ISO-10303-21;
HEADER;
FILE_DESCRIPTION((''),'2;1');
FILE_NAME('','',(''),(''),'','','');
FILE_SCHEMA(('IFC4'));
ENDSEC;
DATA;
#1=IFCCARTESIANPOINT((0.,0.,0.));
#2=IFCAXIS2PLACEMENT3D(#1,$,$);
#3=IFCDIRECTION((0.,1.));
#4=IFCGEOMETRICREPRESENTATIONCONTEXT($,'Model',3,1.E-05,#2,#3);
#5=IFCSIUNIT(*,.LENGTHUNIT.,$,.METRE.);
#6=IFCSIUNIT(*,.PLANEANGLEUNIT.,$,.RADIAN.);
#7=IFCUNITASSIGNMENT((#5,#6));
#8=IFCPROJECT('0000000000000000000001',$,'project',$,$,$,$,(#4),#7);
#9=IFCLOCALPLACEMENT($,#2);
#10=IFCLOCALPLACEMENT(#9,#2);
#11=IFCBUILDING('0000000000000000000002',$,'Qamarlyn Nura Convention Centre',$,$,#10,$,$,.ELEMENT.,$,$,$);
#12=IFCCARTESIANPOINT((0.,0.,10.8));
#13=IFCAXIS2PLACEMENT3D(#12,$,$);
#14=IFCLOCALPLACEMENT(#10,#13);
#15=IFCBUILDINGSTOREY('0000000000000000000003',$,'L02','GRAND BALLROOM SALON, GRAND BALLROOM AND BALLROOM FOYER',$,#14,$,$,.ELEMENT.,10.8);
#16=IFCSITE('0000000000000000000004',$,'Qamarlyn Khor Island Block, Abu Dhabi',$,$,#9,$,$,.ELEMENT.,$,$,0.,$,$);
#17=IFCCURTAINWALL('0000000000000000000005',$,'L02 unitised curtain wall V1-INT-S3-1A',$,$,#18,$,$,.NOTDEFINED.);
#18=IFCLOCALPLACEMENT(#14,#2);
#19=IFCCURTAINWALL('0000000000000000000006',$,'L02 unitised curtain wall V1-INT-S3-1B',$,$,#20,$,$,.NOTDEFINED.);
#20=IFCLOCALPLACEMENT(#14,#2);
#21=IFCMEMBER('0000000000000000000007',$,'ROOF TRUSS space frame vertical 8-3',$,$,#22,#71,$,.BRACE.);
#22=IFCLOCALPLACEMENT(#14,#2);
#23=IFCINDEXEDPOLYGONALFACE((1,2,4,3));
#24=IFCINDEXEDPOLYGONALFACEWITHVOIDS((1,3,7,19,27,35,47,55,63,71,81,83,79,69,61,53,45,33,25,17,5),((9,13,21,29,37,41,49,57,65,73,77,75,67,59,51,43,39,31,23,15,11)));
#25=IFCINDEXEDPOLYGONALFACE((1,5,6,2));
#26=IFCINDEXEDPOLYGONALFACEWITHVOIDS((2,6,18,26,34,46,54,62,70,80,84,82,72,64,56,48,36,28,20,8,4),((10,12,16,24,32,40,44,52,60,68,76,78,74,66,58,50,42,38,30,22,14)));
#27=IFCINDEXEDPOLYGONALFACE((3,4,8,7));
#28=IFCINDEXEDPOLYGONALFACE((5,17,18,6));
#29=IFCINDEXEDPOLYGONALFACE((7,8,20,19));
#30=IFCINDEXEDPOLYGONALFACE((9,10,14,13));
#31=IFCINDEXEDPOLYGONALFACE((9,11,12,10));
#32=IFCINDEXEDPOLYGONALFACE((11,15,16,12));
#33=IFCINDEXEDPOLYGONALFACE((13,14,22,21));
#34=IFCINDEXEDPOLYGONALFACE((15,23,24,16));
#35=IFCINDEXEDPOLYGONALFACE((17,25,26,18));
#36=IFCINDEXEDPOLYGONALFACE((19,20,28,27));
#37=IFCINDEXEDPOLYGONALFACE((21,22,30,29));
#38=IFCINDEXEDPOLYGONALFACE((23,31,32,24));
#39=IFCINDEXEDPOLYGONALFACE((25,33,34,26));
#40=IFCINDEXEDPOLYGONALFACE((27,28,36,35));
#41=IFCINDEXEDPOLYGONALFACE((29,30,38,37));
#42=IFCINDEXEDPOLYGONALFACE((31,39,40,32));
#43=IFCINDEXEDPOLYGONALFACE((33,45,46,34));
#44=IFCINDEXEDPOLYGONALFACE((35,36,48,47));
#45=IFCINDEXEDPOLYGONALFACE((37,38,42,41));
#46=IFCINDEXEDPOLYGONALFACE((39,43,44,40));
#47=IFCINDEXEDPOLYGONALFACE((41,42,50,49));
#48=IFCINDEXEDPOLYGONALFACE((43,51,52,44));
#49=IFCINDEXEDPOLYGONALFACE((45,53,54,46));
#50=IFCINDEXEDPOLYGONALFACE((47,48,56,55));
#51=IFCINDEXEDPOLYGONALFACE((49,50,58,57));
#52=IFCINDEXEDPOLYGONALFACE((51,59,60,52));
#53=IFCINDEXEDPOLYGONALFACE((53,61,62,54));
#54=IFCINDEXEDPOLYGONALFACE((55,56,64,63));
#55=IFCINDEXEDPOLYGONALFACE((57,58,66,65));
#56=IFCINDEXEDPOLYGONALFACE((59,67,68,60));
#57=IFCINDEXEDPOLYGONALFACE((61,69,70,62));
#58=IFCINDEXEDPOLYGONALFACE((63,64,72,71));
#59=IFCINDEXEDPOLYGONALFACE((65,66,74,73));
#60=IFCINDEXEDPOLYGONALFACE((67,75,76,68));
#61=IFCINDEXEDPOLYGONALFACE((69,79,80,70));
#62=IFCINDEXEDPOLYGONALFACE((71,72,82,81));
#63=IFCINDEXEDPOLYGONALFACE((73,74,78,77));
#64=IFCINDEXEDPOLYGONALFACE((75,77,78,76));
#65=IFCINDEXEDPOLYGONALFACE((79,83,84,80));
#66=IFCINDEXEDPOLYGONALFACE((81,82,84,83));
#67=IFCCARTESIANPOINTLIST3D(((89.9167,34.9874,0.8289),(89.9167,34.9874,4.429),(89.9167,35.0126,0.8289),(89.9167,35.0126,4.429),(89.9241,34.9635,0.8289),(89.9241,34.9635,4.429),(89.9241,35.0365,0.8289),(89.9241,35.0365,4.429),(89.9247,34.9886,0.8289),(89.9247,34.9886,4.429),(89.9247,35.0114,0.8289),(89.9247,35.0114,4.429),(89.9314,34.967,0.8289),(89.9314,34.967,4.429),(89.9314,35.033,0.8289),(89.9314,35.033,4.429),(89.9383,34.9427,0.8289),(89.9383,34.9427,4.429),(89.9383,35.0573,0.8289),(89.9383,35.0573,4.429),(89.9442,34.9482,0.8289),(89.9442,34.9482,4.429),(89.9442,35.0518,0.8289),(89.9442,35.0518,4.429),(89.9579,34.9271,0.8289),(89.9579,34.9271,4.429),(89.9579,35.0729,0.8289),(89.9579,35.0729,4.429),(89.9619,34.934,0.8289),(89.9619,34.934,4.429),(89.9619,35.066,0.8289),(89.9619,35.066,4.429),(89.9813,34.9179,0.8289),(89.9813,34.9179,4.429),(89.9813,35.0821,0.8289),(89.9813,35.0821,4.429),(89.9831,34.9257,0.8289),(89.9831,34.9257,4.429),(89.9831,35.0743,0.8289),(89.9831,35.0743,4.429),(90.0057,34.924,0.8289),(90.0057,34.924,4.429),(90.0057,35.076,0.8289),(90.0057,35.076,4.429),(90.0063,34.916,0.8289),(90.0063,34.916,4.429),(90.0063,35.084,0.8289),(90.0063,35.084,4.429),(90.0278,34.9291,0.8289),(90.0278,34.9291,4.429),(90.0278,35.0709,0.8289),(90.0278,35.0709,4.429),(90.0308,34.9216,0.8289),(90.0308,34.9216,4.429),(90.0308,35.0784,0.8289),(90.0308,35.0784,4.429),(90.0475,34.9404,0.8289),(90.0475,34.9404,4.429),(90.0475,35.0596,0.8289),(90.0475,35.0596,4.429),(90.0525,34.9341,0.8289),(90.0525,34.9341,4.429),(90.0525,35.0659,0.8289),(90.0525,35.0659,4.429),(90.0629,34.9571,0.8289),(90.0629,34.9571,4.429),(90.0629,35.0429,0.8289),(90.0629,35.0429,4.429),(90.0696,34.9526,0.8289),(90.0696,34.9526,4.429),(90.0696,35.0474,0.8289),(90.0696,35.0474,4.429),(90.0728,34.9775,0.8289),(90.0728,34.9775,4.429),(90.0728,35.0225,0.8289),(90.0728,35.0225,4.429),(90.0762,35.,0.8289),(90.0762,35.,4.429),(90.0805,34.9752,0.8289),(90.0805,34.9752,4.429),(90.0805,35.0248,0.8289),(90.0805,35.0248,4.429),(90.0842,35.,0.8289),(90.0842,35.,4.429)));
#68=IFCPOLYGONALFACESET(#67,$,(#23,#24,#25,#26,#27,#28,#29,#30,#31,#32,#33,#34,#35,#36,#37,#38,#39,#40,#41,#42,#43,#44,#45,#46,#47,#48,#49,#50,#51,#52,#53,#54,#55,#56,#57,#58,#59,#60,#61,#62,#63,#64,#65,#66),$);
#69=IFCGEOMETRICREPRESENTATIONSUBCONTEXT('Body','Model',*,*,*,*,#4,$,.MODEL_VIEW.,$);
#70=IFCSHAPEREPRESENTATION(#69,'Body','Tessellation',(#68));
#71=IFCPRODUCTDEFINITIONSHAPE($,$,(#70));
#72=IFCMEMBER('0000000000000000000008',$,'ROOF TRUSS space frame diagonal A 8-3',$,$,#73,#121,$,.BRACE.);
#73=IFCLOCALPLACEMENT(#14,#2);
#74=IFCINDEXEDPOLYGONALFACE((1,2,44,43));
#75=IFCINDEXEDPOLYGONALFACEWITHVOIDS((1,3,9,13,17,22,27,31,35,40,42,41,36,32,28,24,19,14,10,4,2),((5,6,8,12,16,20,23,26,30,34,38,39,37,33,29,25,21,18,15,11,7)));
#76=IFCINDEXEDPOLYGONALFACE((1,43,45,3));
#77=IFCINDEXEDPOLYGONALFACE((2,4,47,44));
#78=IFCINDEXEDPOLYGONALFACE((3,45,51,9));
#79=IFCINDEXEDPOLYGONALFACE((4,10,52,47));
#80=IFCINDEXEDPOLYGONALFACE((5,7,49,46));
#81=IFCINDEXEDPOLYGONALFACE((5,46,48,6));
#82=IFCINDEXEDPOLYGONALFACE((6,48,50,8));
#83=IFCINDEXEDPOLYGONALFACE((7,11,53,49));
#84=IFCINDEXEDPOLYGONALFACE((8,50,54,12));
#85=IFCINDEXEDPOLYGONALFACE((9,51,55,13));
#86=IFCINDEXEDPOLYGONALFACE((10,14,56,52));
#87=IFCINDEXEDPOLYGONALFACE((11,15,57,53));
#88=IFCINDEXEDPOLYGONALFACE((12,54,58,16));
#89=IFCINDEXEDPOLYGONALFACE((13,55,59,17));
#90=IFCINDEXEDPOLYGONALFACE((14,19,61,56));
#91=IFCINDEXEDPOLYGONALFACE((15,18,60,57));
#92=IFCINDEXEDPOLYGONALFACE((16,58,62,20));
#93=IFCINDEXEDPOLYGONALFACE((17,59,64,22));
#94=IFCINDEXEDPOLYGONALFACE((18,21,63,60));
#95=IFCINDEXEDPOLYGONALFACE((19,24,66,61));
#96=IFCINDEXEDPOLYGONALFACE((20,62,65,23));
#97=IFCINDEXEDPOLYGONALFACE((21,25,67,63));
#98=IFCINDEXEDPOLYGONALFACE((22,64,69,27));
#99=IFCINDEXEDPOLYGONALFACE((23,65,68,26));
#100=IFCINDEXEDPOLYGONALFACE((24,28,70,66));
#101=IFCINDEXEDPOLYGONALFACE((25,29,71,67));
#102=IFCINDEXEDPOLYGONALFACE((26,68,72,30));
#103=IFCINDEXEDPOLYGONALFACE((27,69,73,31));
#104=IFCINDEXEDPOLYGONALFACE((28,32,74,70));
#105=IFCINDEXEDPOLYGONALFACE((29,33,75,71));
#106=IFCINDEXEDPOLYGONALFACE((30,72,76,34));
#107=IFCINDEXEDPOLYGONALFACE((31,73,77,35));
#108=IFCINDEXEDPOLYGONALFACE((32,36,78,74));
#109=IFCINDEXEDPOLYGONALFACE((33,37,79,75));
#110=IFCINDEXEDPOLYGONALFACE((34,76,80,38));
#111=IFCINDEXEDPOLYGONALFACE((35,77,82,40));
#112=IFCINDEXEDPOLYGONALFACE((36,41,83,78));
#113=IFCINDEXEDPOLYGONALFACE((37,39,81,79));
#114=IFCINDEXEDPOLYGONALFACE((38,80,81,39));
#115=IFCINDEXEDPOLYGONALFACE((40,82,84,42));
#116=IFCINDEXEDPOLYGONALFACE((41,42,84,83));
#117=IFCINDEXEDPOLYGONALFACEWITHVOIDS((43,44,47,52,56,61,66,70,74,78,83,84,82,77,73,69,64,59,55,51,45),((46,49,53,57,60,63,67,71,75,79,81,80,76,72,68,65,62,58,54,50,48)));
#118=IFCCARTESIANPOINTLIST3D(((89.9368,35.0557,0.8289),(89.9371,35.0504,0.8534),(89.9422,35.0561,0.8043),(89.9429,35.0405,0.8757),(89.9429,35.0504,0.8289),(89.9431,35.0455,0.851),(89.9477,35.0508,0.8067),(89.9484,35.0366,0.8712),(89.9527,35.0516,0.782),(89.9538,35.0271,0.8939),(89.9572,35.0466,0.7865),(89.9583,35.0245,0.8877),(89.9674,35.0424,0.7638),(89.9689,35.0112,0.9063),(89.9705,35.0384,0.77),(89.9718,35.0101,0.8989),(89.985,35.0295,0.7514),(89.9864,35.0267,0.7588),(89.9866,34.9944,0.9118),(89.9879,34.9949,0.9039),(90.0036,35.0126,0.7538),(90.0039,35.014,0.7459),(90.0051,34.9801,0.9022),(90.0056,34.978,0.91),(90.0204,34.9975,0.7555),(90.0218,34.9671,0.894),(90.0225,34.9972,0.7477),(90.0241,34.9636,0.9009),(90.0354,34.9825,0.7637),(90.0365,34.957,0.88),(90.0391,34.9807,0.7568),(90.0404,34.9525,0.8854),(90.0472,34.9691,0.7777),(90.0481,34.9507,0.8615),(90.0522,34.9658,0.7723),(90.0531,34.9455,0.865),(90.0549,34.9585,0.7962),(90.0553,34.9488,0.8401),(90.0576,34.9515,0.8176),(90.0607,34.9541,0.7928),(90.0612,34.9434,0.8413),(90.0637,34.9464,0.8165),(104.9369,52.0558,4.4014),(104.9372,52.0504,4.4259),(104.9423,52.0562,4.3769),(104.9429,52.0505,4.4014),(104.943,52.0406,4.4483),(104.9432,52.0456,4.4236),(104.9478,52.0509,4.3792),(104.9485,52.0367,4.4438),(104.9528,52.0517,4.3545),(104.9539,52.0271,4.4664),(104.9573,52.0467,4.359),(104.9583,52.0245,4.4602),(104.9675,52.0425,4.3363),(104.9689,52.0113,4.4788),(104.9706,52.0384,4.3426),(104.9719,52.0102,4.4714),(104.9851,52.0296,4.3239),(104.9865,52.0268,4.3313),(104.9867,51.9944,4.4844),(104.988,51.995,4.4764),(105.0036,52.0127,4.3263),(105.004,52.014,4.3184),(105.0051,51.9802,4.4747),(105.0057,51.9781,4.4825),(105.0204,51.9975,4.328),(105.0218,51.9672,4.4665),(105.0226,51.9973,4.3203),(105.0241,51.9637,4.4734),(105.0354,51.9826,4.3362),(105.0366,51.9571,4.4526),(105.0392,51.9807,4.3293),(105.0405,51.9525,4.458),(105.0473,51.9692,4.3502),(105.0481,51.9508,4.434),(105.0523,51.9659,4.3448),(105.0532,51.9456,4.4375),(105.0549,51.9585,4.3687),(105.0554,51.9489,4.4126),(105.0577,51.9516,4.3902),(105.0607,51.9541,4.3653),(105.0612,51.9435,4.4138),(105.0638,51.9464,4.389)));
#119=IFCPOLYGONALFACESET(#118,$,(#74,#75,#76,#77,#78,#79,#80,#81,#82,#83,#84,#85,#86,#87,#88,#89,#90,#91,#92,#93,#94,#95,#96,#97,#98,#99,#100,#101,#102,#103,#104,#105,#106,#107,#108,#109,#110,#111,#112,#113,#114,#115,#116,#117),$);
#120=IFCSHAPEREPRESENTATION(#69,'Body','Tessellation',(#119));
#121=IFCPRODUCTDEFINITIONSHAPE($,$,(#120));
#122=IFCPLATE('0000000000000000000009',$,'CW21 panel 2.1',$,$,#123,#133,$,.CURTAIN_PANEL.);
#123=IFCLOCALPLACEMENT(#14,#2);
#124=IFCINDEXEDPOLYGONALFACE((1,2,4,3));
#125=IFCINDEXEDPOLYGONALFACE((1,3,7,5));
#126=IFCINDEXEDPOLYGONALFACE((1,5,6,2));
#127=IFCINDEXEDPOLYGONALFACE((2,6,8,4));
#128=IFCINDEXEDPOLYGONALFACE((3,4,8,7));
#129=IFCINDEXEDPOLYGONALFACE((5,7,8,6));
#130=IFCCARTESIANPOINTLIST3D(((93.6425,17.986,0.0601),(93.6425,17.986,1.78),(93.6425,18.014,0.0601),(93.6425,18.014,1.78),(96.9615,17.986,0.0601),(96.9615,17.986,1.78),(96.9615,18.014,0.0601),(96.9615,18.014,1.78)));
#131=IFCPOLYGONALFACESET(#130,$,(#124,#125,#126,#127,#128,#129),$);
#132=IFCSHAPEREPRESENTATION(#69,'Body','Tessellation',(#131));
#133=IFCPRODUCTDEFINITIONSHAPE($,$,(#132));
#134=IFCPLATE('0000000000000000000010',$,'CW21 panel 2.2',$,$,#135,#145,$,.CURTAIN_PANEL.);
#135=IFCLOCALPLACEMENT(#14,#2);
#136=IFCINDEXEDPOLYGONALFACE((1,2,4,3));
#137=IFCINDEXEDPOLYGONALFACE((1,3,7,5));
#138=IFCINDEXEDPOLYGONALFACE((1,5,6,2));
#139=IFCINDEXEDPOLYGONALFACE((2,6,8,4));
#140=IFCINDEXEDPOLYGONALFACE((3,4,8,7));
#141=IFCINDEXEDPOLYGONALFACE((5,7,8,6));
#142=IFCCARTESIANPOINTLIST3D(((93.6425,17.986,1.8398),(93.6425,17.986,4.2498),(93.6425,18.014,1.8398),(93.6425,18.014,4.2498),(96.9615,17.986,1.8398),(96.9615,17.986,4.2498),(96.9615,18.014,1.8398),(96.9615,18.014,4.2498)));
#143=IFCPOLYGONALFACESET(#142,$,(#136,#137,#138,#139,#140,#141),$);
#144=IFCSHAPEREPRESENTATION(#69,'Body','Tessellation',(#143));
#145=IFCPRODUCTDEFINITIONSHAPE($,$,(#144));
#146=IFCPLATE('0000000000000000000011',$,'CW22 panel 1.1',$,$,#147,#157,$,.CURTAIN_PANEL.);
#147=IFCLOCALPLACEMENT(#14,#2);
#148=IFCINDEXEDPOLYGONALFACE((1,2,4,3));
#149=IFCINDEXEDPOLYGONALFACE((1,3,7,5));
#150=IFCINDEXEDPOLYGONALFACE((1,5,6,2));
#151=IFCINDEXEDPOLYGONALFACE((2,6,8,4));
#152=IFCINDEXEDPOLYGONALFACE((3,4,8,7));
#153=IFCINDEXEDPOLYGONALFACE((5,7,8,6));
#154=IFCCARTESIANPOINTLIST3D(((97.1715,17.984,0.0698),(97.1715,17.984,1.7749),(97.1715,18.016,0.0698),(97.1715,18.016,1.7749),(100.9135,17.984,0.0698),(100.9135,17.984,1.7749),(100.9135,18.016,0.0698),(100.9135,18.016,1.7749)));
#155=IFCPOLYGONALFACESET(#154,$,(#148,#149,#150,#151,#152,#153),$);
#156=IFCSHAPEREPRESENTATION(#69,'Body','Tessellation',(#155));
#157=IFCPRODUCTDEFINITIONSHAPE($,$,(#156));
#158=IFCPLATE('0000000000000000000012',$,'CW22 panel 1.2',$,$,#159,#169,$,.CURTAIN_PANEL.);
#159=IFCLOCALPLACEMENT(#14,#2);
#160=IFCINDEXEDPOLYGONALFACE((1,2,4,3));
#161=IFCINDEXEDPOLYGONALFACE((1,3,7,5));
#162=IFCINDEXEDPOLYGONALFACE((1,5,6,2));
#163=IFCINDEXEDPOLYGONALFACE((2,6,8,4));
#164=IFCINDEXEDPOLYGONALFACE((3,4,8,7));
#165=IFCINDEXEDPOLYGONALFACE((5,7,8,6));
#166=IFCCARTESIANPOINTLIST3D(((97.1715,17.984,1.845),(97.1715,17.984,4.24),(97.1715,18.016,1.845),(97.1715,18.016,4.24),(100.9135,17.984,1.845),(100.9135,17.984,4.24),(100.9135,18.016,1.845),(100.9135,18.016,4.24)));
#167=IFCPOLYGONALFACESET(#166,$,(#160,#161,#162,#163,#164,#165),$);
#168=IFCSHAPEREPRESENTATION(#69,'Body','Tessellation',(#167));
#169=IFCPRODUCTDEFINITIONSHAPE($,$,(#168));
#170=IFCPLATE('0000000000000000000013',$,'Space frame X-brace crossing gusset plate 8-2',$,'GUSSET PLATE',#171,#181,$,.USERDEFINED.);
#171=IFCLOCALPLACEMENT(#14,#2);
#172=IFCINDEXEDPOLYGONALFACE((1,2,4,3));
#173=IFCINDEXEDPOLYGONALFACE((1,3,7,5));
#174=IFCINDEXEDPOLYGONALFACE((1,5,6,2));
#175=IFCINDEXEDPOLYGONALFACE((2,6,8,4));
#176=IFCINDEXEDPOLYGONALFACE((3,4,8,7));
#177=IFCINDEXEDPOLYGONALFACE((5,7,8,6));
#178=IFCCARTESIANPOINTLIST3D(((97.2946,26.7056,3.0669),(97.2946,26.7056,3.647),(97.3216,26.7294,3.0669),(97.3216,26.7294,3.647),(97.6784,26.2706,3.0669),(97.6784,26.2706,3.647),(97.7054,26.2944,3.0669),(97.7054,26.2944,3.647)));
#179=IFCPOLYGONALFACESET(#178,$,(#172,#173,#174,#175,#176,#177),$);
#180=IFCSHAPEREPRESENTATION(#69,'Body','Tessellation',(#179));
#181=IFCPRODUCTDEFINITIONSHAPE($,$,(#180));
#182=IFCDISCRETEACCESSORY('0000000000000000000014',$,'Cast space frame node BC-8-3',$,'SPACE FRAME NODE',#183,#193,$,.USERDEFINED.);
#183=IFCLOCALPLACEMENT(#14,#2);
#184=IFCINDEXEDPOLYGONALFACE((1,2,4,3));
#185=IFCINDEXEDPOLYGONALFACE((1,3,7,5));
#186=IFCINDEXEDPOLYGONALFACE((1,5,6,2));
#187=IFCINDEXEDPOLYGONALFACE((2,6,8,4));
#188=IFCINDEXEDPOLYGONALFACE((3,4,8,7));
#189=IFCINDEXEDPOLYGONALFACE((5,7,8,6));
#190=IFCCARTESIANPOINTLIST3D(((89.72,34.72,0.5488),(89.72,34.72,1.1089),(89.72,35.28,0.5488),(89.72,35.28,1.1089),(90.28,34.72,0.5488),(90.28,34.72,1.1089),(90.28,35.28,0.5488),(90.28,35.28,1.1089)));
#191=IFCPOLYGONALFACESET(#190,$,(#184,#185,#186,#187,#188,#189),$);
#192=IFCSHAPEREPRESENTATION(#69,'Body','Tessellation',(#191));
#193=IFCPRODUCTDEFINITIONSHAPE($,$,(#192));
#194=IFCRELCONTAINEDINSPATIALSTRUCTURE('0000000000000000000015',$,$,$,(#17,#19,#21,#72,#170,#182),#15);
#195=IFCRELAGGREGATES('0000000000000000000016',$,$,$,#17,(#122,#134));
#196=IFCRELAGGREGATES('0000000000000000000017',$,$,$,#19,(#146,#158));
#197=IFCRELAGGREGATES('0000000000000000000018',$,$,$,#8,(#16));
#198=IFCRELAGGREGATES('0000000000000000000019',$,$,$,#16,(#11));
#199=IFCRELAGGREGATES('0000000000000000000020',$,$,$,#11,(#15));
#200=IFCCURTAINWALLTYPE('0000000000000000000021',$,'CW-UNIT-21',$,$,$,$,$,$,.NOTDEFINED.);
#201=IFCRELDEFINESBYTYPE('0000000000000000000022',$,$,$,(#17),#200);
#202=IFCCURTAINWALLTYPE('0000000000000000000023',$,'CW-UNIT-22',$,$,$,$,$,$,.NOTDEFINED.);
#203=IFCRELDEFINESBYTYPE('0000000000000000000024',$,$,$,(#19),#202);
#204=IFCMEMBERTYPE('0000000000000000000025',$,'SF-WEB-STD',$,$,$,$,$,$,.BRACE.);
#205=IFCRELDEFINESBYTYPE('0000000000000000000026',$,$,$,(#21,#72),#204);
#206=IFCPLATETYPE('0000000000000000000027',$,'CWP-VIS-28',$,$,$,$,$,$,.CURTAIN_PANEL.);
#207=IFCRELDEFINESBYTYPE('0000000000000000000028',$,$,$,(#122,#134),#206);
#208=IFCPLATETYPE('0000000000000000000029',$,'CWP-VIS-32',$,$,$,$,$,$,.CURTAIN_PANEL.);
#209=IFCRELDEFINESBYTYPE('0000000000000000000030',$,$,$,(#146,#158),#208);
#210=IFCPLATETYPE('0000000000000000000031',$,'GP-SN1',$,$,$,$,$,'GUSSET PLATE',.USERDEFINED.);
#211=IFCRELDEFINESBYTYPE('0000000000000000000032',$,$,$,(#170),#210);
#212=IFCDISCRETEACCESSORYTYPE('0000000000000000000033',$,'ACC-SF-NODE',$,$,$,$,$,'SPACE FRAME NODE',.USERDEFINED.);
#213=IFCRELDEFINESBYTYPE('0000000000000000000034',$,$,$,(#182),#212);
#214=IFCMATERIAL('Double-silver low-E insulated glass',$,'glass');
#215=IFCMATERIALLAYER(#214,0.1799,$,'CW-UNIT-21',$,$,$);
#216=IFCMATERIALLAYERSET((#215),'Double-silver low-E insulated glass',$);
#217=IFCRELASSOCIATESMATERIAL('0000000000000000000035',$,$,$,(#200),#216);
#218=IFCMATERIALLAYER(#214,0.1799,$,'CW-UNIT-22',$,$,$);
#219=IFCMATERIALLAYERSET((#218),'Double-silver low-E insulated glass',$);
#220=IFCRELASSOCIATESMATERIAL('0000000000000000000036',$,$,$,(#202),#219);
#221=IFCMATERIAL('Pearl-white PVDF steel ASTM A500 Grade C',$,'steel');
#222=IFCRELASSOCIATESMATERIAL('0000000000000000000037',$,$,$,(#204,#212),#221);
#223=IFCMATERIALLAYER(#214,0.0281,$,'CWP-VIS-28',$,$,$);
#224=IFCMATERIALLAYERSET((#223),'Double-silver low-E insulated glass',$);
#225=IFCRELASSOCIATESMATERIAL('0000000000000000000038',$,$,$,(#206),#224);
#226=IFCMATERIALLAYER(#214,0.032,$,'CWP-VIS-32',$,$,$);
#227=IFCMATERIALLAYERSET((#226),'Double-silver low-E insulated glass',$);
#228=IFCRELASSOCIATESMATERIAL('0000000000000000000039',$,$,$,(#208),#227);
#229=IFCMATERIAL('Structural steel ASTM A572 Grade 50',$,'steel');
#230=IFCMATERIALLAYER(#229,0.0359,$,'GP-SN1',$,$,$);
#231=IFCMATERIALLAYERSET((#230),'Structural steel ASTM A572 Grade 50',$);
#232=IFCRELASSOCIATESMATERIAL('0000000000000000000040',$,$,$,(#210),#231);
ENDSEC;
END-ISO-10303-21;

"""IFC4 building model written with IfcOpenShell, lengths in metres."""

from ifc_helpers import new_model, si_unit, direction, frame, origin, origin_2d, place, context, subcontext, project, spatial, rectangle, hollow_circle, extrude, material, layer, layer_set, material_profile, profile_set, type_object, element, aggregate, save


model = new_model("IFC4")

# Units and contexts
model_context = context("Model", 3, precision=1e-05, world=origin(), true_north=direction((0.0, 1.0)))
body_context = subcontext(model_context, "Body", "Model", "MODEL_VIEW")
ifc_project = project(units=[si_unit("LENGTHUNIT", "METRE"), si_unit("PLANEANGLEUNIT", "RADIAN")], contexts=[model_context])

# Site, building, storey
site_placement = place(None, origin())
site = spatial("IfcSite", under=ifc_project, at=site_placement, Name="Qamarlyn Khor Island Block, Abu Dhabi", CompositionType="ELEMENT", RefElevation=0.0)
building_placement = place(site_placement, origin())
building = spatial("IfcBuilding", under=site, at=building_placement, Name="Qamarlyn Nura Convention Centre", CompositionType="ELEMENT")
storey_placement = place(building_placement, frame((0.0, 0.0, 10.8)))
storey = spatial("IfcBuildingStorey", under=building, at=storey_placement, Name="L02", Description="GRAND BALLROOM SALON, GRAND BALLROOM AND BALLROOM FOYER", CompositionType="ELEMENT", Elevation=10.8)

# Curtain wall
ifc_material_1 = material(Name="Double-silver low-E insulated glass", Category="glass")
ifc_layer_1 = layer(ifc_material_1, 0.1799, Name="CW-UNIT-21")
ifc_layer_set_1 = layer_set([ifc_layer_1], Name="Double-silver low-E insulated glass")
curtain_wall_type_1 = type_object("IfcCurtainWallType", Name="CW-UNIT-21", PredefinedType="NOTDEFINED", material=ifc_layer_set_1)
curtain_wall_1_placement = place(storey_placement, origin())
curtain_wall_1 = element("IfcCurtainWall", 1, at=curtain_wall_1_placement, inside=storey, type_object=curtain_wall_type_1, Name="L02 unitised curtain wall V1-INT-S3-1A", PredefinedType="NOTDEFINED")

# Curtain wall
ifc_layer_2 = layer(ifc_material_1, 0.1799, Name="CW-UNIT-22")
ifc_layer_set_2 = layer_set([ifc_layer_2], Name="Double-silver low-E insulated glass")
curtain_wall_type_2 = type_object("IfcCurtainWallType", Name="CW-UNIT-22", PredefinedType="NOTDEFINED", material=ifc_layer_set_2)
curtain_wall_2_placement = place(storey_placement, origin())
curtain_wall_2 = element("IfcCurtainWall", 2, at=curtain_wall_2_placement, inside=storey, type_object=curtain_wall_type_2, Name="L02 unitised curtain wall V1-INT-S3-1B", PredefinedType="NOTDEFINED")

# Members
ifc_material_2 = material(Name="Pearl-white PVDF steel ASTM A500 Grade C", Category="steel")
ifc_material_profile_1 = material_profile(ifc_material_2, hollow_circle(Radius=0.0842, WallThickness=0.0081, at=origin_2d()), Name="CHS168.3X8")
ifc_profile_set_1 = profile_set([ifc_material_profile_1], Name="Pearl-white PVDF steel ASTM A500 Grade C")
member_type_1 = type_object("IfcMemberType", Name="SF-WEB-STD", PredefinedType="BRACE", material=ifc_profile_set_1)
member_1_placement = place(storey_placement, frame((90.0, 35.0, 0.8289), z_axis=(0.0, 0.0, 1.0), x_axis=(1.0, 0.0, 0.0)))
element("IfcMember", 3, at=member_1_placement, inside=storey, type_object=member_type_1, Name="ROOF TRUSS space frame vertical 8-3", PredefinedType="BRACE", context=body_context, shape_type="SweptSolid", body=[
    extrude(hollow_circle(Radius=0.0842, WallThickness=0.0081, at=origin_2d()), origin(), (0.0, 0.0, 1.0), 3.6001),
])
member_2_placement = place(storey_placement, frame((90.0, 35.0, 0.8289), z_axis=(0.653557, 0.740698, 0.155656), x_axis=(-0.749838, 0.661622, 0.0)))
element("IfcMember", 4, at=member_2_placement, inside=storey, type_object=member_type_1, Name="ROOF TRUSS space frame diagonal A 8-3", PredefinedType="BRACE", context=body_context, shape_type="SweptSolid", body=[
    extrude(hollow_circle(Radius=0.0842, WallThickness=0.0081, at=origin_2d()), origin(), (0.0, 0.0, 1.0), 22.9514),
])

# Plates
ifc_layer_3 = layer(ifc_material_1, 0.0281, Name="CWP-VIS-28")
ifc_layer_set_3 = layer_set([ifc_layer_3], Name="Double-silver low-E insulated glass")
plate_type_1 = type_object("IfcPlateType", Name="CWP-VIS-28", PredefinedType="CURTAIN_PANEL", material=ifc_layer_set_3)
plate_1_placement = place(storey_placement, frame((95.302, 18.0, 0.0601), z_axis=(0.0, 0.0, 1.0), x_axis=(1.0, 0.0, 0.0)))
plate_1 = element("IfcPlate", 5, at=plate_1_placement, type_object=plate_type_1, Name="CW21 panel 2.1", PredefinedType="CURTAIN_PANEL", context=body_context, shape_type="SweptSolid", body=[
    extrude(rectangle(XDim=3.3191, YDim=0.0281, at=origin_2d()), origin(), (0.0, 0.0, 1.0), 1.72),
])
plate_2_placement = place(storey_placement, frame((95.302, 18.0, 1.8398), z_axis=(0.0, 0.0, 1.0), x_axis=(1.0, 0.0, 0.0)))
plate_2 = element("IfcPlate", 6, at=plate_2_placement, type_object=plate_type_1, Name="CW21 panel 2.2", PredefinedType="CURTAIN_PANEL", context=body_context, shape_type="SweptSolid", body=[
    extrude(rectangle(XDim=3.3191, YDim=0.0281, at=origin_2d()), origin(), (0.0, 0.0, 1.0), 2.4099),
])
aggregate(curtain_wall_1, [plate_1, plate_2])
ifc_layer_4 = layer(ifc_material_1, 0.032, Name="CWP-VIS-32")
ifc_layer_set_4 = layer_set([ifc_layer_4], Name="Double-silver low-E insulated glass")
plate_type_2 = type_object("IfcPlateType", Name="CWP-VIS-32", PredefinedType="CURTAIN_PANEL", material=ifc_layer_set_4)
plate_3_placement = place(storey_placement, frame((99.0425, 18.0, 0.0698), z_axis=(0.0, 0.0, 1.0), x_axis=(1.0, 0.0, 0.0)))
plate_3 = element("IfcPlate", 7, at=plate_3_placement, type_object=plate_type_2, Name="CW22 panel 1.1", PredefinedType="CURTAIN_PANEL", context=body_context, shape_type="SweptSolid", body=[
    extrude(rectangle(XDim=3.7419, YDim=0.032, at=origin_2d()), origin(), (0.0, 0.0, 1.0), 1.7051),
])
plate_4_placement = place(storey_placement, frame((99.0425, 18.0, 1.845), z_axis=(0.0, 0.0, 1.0), x_axis=(1.0, 0.0, 0.0)))
plate_4 = element("IfcPlate", 8, at=plate_4_placement, type_object=plate_type_2, Name="CW22 panel 1.2", PredefinedType="CURTAIN_PANEL", context=body_context, shape_type="SweptSolid", body=[
    extrude(rectangle(XDim=3.7419, YDim=0.032, at=origin_2d()), origin(), (0.0, 0.0, 1.0), 2.395),
])
aggregate(curtain_wall_2, [plate_3, plate_4])
ifc_material_3 = material(Name="Structural steel ASTM A572 Grade 50", Category="steel")
ifc_layer_5 = layer(ifc_material_3, 0.0359, Name="GP-SN1")
ifc_layer_set_5 = layer_set([ifc_layer_5], Name="Structural steel ASTM A572 Grade 50")
plate_type_3 = type_object("IfcPlateType", Name="GP-SN1", ElementType="GUSSET PLATE", PredefinedType="USERDEFINED", material=ifc_layer_set_5)
plate_5_placement = place(storey_placement, frame((97.5, 26.5, 3.0669), z_axis=(0.0, 0.0, 1.0), x_axis=(-0.661622, 0.749837, 0.0)))
element("IfcPlate", 9, at=plate_5_placement, inside=storey, type_object=plate_type_3, Name="Space frame X-brace crossing gusset plate 8-2", ObjectType="GUSSET PLATE", PredefinedType="USERDEFINED", context=body_context, shape_type="SweptSolid", body=[
    extrude(rectangle(XDim=0.5801, YDim=0.0359, at=origin_2d()), origin(), (0.0, 0.0, 1.0), 0.5801),
])

# Discrete accessory
discrete_accessory_type = type_object("IfcDiscreteAccessoryType", Name="ACC-SF-NODE", ElementType="SPACE FRAME NODE", PredefinedType="USERDEFINED", material=ifc_material_2)
discrete_accessory_placement = place(storey_placement, frame((90.0, 35.0, 0.5488), z_axis=(0.0, 0.0, 1.0), x_axis=(1.0, 0.0, 0.0)))
element("IfcDiscreteAccessory", 10, at=discrete_accessory_placement, inside=storey, type_object=discrete_accessory_type, Name="Cast space frame node BC-8-3", ObjectType="SPACE FRAME NODE", PredefinedType="USERDEFINED", context=body_context, shape_type="SweptSolid", body=[
    extrude(rectangle(XDim=0.5601, YDim=0.5601, at=origin_2d()), origin(), (0.0, 0.0, 1.0), 0.5601),
])

save(model, "model.ifc")
